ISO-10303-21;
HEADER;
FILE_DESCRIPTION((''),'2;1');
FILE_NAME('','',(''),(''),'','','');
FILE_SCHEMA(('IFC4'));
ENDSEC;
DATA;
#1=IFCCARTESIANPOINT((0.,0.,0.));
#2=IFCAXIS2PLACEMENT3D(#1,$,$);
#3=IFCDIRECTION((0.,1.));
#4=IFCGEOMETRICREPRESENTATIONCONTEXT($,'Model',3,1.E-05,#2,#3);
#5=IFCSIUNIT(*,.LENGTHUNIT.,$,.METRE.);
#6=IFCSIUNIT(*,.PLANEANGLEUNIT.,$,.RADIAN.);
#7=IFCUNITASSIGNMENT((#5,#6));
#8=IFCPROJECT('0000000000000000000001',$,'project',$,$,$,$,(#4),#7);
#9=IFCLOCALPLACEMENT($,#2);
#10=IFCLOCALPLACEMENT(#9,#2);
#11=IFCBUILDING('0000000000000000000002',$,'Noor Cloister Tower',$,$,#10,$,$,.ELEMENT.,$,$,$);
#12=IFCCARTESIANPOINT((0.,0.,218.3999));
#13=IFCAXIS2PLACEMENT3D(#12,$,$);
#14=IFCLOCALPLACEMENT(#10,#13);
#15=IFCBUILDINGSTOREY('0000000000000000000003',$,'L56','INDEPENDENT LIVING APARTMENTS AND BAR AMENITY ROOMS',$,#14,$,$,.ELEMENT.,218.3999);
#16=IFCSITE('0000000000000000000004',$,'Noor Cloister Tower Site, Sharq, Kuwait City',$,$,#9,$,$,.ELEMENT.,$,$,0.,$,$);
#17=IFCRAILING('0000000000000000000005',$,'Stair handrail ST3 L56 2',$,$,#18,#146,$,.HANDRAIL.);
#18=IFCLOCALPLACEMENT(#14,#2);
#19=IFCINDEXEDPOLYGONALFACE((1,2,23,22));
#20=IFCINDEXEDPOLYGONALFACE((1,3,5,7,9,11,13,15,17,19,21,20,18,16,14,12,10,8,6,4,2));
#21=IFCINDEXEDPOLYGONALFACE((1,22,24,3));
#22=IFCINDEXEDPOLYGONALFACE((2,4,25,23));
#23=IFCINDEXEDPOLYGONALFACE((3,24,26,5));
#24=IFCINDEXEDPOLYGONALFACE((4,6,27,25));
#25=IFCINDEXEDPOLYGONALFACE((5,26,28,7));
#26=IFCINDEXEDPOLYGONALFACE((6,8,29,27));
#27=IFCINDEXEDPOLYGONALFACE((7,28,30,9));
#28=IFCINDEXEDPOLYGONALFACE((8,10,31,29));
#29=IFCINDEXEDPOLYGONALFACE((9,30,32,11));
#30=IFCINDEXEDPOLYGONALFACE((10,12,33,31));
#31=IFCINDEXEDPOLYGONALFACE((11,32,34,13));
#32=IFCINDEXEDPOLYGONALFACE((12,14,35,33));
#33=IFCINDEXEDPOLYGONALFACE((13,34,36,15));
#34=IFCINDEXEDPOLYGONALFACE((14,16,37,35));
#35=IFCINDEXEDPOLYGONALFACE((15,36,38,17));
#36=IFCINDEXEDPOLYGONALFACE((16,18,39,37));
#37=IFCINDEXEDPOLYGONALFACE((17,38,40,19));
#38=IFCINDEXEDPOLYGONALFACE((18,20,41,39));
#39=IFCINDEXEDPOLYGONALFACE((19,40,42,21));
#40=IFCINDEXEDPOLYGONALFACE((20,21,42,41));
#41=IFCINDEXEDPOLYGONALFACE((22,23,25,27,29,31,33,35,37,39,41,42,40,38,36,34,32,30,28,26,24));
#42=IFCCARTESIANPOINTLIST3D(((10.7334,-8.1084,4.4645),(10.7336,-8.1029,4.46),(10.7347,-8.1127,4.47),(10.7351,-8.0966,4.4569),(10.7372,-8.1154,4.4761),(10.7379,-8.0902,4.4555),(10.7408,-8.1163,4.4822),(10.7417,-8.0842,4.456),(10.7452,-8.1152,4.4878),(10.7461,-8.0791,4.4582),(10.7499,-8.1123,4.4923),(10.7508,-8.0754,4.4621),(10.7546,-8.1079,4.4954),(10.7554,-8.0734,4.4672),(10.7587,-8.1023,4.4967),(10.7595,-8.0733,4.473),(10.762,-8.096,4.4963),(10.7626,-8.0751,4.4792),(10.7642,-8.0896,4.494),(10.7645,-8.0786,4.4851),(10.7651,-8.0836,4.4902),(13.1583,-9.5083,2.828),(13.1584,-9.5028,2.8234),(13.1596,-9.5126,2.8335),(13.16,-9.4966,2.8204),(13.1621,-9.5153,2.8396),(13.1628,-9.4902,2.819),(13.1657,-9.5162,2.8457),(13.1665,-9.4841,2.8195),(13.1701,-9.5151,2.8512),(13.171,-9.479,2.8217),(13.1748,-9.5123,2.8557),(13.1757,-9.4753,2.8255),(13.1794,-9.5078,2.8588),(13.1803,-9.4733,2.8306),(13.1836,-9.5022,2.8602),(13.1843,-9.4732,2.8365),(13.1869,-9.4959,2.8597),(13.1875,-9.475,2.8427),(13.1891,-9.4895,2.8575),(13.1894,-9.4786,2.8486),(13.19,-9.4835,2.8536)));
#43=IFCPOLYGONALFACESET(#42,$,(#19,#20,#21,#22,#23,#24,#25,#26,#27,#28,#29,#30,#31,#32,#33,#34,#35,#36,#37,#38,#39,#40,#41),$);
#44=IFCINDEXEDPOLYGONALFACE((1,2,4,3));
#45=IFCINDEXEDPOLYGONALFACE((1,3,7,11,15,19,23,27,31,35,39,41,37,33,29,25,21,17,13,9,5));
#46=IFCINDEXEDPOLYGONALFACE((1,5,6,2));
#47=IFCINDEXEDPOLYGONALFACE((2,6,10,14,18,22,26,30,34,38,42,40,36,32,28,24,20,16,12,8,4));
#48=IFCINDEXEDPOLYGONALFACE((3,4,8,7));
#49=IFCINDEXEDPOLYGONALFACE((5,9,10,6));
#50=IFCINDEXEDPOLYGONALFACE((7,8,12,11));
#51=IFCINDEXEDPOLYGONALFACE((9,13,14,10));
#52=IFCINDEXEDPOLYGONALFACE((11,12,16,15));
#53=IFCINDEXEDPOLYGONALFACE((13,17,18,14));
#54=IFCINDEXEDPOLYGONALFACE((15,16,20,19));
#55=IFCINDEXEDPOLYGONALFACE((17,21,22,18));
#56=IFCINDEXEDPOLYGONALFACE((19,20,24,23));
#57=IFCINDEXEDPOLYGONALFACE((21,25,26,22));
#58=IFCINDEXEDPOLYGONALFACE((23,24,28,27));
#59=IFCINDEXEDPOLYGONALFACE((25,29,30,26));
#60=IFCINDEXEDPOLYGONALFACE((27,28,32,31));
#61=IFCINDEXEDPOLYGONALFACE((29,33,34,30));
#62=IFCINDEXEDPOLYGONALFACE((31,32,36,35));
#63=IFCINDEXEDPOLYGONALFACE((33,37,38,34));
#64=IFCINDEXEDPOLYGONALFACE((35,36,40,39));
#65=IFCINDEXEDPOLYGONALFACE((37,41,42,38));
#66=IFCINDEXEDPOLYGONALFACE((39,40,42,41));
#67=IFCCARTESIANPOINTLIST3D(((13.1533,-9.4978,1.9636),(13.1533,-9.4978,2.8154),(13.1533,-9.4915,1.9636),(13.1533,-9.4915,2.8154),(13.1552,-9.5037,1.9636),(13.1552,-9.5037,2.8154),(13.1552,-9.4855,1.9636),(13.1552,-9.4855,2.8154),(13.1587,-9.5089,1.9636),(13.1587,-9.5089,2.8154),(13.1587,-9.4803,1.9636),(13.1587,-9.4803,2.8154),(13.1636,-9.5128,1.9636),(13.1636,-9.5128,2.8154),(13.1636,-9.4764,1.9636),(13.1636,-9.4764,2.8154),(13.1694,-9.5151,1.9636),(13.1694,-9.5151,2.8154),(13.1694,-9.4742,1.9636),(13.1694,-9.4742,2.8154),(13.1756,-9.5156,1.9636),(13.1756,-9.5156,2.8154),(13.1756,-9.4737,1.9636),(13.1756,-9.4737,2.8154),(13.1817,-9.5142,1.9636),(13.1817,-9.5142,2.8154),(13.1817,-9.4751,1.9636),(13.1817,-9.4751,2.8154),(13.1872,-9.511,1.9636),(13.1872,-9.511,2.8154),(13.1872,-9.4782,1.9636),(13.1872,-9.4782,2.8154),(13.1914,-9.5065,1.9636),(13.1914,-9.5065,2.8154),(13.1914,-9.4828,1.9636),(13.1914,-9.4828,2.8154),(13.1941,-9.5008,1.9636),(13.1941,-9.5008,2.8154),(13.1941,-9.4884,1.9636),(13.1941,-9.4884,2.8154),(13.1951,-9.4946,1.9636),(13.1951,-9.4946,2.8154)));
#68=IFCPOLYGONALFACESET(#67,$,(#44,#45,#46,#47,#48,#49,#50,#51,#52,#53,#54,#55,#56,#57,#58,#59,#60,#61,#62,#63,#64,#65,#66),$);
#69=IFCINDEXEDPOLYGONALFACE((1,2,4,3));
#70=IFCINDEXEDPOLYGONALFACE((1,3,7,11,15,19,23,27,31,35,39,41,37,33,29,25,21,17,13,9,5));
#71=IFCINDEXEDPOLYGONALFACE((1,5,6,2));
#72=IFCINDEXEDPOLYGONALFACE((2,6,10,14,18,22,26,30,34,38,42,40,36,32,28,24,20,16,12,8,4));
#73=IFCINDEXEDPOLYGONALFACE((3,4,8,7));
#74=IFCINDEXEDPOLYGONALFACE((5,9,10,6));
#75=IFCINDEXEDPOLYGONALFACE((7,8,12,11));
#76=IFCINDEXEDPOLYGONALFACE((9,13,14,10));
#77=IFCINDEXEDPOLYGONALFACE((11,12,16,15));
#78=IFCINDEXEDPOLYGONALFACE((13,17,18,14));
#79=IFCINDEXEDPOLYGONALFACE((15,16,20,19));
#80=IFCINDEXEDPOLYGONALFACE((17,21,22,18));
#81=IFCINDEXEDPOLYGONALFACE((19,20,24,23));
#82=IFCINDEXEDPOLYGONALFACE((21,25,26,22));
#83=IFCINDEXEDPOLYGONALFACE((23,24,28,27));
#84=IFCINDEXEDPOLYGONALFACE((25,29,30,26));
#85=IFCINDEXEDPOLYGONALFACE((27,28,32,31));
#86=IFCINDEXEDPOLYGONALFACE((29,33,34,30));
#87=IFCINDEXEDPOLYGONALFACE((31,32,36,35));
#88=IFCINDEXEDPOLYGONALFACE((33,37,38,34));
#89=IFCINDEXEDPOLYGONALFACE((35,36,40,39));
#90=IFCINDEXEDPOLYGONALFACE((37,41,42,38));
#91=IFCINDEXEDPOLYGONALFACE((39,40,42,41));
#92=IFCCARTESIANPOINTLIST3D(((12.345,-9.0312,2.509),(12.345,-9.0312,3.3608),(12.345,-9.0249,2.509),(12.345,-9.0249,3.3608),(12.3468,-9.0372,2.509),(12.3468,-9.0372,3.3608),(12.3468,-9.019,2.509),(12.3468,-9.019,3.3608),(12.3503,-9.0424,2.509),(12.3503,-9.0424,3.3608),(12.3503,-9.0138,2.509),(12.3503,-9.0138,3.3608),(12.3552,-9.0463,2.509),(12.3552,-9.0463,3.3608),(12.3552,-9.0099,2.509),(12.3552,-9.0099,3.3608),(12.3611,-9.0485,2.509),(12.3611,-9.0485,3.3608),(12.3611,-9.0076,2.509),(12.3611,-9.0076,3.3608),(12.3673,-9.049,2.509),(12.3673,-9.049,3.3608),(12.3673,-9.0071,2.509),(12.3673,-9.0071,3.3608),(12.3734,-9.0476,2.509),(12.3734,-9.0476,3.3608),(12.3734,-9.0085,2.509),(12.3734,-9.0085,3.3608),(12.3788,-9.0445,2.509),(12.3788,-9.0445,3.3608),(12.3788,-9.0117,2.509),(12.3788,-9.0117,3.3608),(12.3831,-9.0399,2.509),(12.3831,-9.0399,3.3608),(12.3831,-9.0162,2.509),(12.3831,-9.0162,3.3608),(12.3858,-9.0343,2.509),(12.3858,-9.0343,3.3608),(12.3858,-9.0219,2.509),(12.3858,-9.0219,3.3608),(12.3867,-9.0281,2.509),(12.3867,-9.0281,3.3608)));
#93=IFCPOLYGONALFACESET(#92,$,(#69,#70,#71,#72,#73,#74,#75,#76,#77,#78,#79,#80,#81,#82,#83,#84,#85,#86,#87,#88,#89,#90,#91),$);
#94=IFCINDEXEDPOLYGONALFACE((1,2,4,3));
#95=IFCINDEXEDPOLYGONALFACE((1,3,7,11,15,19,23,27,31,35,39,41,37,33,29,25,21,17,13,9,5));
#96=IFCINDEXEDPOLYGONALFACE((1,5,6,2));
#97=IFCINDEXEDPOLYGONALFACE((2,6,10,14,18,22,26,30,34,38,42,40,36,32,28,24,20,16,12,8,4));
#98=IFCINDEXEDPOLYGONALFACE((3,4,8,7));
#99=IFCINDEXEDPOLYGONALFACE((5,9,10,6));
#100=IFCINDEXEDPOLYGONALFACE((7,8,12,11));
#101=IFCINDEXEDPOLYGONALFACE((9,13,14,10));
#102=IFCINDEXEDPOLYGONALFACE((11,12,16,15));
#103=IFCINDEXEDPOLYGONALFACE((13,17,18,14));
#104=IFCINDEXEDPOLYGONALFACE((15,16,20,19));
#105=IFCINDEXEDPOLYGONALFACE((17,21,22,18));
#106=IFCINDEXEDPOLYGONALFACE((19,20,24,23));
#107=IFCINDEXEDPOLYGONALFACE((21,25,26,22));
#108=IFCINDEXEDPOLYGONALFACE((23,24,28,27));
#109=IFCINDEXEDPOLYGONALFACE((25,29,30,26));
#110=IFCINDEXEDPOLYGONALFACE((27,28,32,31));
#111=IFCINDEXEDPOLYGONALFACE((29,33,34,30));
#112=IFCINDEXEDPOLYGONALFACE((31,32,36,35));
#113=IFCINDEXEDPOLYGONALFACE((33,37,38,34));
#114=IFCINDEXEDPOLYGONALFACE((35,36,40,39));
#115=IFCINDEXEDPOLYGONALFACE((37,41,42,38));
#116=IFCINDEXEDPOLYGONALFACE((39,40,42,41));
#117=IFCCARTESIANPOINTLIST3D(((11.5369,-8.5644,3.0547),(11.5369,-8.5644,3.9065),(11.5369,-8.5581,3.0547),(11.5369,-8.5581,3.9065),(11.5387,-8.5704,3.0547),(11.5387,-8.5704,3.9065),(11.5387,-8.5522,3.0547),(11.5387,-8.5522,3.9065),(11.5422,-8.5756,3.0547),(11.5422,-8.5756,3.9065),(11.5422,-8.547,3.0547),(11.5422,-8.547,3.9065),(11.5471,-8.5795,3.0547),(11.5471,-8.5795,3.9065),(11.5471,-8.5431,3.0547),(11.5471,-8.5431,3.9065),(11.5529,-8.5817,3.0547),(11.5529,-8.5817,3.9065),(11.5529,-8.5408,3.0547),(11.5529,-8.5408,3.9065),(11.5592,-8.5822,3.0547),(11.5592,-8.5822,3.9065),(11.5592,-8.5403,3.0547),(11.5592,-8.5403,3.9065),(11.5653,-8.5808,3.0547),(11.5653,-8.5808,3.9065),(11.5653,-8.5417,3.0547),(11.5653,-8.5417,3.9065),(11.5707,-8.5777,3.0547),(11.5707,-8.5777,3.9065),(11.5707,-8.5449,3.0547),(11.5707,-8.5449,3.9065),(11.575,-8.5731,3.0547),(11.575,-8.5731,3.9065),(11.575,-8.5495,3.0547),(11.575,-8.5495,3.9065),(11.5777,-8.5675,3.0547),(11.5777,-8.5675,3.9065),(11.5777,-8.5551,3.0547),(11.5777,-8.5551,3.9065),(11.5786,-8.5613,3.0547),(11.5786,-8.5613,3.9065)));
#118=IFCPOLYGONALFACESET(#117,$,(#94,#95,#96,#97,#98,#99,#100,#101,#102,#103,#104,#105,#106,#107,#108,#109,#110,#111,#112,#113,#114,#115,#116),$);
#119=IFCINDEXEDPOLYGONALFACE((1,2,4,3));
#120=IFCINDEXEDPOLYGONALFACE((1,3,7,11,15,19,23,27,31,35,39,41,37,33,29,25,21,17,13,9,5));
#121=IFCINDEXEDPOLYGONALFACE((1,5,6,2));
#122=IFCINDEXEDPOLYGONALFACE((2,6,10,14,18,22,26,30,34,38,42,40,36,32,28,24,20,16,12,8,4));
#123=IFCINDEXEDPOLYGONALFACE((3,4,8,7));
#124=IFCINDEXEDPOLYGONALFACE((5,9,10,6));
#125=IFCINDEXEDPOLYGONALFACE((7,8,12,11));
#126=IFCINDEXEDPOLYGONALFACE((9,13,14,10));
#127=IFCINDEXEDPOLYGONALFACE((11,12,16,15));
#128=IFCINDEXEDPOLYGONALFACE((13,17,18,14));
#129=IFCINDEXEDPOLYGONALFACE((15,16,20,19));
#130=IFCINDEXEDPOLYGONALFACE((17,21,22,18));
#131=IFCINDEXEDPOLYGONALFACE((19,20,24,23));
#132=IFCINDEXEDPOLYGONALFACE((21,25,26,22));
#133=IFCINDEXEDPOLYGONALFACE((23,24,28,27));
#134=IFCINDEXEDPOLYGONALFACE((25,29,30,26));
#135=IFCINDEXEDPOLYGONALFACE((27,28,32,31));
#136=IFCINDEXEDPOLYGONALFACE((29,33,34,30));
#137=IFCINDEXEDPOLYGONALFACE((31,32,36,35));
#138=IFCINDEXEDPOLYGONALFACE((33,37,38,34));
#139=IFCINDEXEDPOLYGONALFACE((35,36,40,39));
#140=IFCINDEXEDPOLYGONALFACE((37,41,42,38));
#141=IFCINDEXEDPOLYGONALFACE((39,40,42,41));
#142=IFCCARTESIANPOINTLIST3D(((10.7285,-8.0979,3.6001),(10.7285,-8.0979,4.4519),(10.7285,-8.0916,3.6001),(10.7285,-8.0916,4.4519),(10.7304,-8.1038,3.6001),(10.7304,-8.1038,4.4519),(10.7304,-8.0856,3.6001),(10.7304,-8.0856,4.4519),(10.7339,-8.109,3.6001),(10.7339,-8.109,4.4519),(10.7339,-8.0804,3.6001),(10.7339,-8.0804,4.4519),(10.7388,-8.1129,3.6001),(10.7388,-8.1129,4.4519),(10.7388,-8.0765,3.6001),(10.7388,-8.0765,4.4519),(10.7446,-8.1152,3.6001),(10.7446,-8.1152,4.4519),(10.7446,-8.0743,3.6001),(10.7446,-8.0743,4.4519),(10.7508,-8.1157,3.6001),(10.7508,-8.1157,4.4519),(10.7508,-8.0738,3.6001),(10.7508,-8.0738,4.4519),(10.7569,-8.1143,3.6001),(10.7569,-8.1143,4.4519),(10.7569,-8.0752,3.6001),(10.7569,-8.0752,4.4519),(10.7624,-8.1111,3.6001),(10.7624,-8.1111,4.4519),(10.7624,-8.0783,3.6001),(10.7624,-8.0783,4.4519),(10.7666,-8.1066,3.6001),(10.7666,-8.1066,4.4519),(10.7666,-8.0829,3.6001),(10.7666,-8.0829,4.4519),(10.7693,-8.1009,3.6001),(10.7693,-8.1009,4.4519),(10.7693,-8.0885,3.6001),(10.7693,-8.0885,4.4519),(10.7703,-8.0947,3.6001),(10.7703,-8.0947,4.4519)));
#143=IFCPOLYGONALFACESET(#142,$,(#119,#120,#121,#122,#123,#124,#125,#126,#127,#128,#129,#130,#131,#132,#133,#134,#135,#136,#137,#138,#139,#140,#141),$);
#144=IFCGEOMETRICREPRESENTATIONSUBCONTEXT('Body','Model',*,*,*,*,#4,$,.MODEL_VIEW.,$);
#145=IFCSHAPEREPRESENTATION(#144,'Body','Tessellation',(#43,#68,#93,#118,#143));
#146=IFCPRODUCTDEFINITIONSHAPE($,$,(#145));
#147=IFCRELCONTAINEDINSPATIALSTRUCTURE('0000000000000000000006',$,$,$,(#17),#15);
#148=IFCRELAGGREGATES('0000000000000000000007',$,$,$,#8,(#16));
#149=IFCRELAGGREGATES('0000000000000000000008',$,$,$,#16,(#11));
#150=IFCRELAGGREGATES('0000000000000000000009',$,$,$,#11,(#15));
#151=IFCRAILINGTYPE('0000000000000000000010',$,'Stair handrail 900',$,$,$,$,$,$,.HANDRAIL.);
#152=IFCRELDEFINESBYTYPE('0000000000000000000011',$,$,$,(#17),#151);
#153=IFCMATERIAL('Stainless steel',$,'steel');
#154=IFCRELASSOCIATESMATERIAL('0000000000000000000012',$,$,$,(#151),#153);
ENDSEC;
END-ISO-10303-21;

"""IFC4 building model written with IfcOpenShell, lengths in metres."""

from ifc_helpers import new_model, si_unit, direction, frame, origin, origin_2d, place, context, subcontext, project, spatial, circle, extrude, material, type_object, element, save


model = new_model("IFC4")

# Units and contexts
model_context = context("Model", 3, precision=1e-05, world=origin(), true_north=direction((0.0, 1.0)))
body_context = subcontext(model_context, "Body", "Model", "MODEL_VIEW")
ifc_project = project(units=[si_unit("LENGTHUNIT", "METRE"), si_unit("PLANEANGLEUNIT", "RADIAN")], contexts=[model_context])

# Site, building, storey
site_placement = place(None, origin())
site = spatial("IfcSite", under=ifc_project, at=site_placement, Name="Noor Cloister Tower Site, Sharq, Kuwait City", CompositionType="ELEMENT", RefElevation=0.0)
building_placement = place(site_placement, origin())
building = spatial("IfcBuilding", under=site, at=building_placement, Name="Noor Cloister Tower", CompositionType="ELEMENT")
storey_placement = place(building_placement, frame((0.0, 0.0, 218.3999)))
storey = spatial("IfcBuildingStorey", under=building, at=storey_placement, Name="L56", Description="INDEPENDENT LIVING APARTMENTS AND BAR AMENITY ROOMS", CompositionType="ELEMENT", Elevation=218.3999)

# Railing
ifc_material_1 = material(Name="Stainless steel", Category="steel")
railing_type_1 = type_object("IfcRailingType", Name="Stair handrail 900", PredefinedType="HANDRAIL", material=ifc_material_1)
railing_1_placement = place(storey_placement, frame((13.1741, -9.4946, 1.9636)))
element("IfcRailing", 1, at=railing_1_placement, inside=storey, type_object=railing_type_1, Name="Stair handrail ST3 L56 2", PredefinedType="HANDRAIL", context=body_context, shape_type="SweptSolid", body=[
    extrude(circle(Radius=0.0239, at=origin_2d()), frame((0.0, 0.0, 0.876), z_axis=(-0.74769, 0.431661, 0.504608), x_axis=(-0.499984, -0.866035, 0.0)), (0.0, 0.0, 1.0), 3.2432),
    extrude(circle(Radius=0.021, at=origin_2d()), origin(), (0.0, 0.0, 1.0), 0.8518),
    extrude(circle(Radius=0.021, at=origin_2d()), frame((-0.8083, 0.4666, 0.5454)), (0.0, 0.0, 1.0), 0.8518),
    extrude(circle(Radius=0.021, at=origin_2d()), frame((-1.6165, 0.9333, 1.0911)), (0.0, 0.0, 1.0), 0.8518),
    extrude(circle(Radius=0.021, at=origin_2d()), frame((-2.4248, 1.3999, 1.6365)), (0.0, 0.0, 1.0), 0.8518),
])

save(model, "model.ifc")
